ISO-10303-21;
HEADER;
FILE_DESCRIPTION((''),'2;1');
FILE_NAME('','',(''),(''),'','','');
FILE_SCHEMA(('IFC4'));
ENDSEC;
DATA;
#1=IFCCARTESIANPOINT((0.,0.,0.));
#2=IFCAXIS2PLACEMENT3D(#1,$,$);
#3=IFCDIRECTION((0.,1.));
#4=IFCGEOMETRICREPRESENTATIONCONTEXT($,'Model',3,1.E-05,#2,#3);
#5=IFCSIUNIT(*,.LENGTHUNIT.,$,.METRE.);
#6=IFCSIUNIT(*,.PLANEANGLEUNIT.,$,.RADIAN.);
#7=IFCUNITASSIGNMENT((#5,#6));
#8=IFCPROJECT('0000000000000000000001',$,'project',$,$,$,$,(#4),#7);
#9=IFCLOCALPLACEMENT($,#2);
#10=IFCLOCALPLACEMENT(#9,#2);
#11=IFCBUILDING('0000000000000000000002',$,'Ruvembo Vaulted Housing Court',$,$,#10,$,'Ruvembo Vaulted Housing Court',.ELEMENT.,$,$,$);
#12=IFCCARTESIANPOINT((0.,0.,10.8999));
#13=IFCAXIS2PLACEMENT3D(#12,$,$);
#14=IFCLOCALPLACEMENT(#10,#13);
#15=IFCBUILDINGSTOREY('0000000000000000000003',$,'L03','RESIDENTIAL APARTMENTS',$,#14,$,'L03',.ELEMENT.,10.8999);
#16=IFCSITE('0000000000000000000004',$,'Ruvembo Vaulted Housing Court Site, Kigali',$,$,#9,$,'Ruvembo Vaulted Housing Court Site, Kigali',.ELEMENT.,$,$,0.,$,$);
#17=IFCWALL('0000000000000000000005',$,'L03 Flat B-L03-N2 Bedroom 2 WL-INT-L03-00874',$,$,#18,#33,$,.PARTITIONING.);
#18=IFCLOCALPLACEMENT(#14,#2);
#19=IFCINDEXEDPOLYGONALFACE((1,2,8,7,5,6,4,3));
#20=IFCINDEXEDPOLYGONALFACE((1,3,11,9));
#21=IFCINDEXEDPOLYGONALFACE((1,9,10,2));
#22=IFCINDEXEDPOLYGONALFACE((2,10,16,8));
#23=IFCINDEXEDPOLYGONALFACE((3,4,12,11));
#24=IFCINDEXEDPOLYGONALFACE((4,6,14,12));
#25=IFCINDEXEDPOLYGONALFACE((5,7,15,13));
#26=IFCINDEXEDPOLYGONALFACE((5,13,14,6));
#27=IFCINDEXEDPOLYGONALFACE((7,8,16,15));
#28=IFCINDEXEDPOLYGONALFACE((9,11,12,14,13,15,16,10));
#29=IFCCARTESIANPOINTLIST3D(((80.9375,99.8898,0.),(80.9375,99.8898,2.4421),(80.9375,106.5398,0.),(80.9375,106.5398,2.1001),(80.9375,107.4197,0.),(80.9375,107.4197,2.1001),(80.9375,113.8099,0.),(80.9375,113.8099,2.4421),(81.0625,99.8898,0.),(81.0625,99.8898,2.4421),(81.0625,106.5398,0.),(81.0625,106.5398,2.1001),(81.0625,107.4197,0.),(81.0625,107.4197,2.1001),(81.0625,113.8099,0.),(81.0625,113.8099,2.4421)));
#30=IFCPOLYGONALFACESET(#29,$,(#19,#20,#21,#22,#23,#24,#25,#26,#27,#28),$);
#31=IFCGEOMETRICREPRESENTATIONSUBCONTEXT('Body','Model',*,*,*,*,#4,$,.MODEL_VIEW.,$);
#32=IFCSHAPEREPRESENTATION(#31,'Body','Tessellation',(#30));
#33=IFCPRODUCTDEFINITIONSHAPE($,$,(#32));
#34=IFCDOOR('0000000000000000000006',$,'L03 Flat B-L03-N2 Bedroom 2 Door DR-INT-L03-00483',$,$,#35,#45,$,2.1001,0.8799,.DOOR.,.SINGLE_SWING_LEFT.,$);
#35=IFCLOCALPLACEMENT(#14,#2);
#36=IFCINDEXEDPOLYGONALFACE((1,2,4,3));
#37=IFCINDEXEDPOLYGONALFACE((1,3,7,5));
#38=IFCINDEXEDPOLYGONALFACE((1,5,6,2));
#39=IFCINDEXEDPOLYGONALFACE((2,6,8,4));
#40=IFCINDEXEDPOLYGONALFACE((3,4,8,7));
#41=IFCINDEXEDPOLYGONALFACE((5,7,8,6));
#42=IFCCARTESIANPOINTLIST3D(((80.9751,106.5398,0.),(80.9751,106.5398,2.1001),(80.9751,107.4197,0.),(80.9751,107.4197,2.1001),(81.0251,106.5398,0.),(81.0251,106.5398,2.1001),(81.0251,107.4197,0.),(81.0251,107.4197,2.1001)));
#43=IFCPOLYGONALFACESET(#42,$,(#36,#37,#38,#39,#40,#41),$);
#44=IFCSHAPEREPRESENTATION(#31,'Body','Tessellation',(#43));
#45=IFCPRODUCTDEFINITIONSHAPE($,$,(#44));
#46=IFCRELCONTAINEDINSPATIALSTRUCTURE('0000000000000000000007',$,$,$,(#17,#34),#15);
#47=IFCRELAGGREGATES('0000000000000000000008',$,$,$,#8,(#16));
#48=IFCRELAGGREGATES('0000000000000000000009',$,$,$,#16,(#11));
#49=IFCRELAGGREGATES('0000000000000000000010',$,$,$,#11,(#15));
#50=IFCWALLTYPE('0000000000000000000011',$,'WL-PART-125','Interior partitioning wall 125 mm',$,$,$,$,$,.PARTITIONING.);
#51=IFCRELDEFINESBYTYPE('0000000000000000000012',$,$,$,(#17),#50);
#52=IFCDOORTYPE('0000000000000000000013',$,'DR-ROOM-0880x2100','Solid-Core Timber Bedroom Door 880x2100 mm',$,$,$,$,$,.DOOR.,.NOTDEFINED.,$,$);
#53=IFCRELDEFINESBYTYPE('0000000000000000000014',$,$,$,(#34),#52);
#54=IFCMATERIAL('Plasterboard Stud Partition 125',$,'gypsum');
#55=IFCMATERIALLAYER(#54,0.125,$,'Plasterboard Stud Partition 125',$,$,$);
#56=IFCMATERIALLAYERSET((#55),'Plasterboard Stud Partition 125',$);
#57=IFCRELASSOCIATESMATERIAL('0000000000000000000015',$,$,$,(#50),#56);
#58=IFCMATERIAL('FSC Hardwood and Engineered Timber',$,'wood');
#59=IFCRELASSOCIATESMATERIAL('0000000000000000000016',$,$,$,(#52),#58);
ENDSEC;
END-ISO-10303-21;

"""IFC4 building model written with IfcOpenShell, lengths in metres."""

from ifc_helpers import new_model, si_unit, direction, frame, frame_2d, origin, place, context, subcontext, project, spatial, rectangle, extrude, material, layer, layer_set, type_object, element, fill, save


model = new_model("IFC4")

# Units and contexts
model_context = context("Model", 3, precision=1e-05, world=origin(), true_north=direction((0.0, 1.0)))
body_context = subcontext(model_context, "Body", "Model", "MODEL_VIEW")
ifc_project = project(units=[si_unit("LENGTHUNIT", "METRE"), si_unit("PLANEANGLEUNIT", "RADIAN")], contexts=[model_context])

# Site, building, storey
site_placement = place(None, origin())
site = spatial("IfcSite", under=ifc_project, at=site_placement, Name="Ruvembo Vaulted Housing Court Site, Kigali", LongName="Ruvembo Vaulted Housing Court Site, Kigali", CompositionType="ELEMENT", RefElevation=0.0)
building_placement = place(site_placement, origin())
building = spatial("IfcBuilding", under=site, at=building_placement, Name="Ruvembo Vaulted Housing Court", LongName="Ruvembo Vaulted Housing Court", CompositionType="ELEMENT")
storey_placement = place(building_placement, frame((0.0, 0.0, 10.8999)))
storey = spatial("IfcBuildingStorey", under=building, at=storey_placement, Name="L03", Description="RESIDENTIAL APARTMENTS", LongName="L03", CompositionType="ELEMENT", Elevation=10.8999)

# Wall, opening, door
ifc_material_1 = material(Name="Plasterboard Stud Partition 125", Category="gypsum")
ifc_layer_1 = layer(ifc_material_1, 0.125, Name="Plasterboard Stud Partition 125")
ifc_layer_set_1 = layer_set([ifc_layer_1], Name="Plasterboard Stud Partition 125")
wall_type_1 = type_object("IfcWallType", Name="WL-PART-125", Description="Interior partitioning wall 125 mm", PredefinedType="PARTITIONING", material=ifc_layer_set_1)
wall_1_placement = place(storey_placement, frame((81.0, 99.8899, 0.0), z_axis=(0.0, 0.0, 1.0), x_axis=(0.0, 1.0, 0.0)))
wall_1 = element("IfcWall", 1, at=wall_1_placement, inside=storey, type_object=wall_type_1, Name="L03 Flat B-L03-N2 Bedroom 2 WL-INT-L03-00874", PredefinedType="PARTITIONING", context=body_context, shape_type="SweptSolid", body=[
    extrude(rectangle(XDim=13.9202, YDim=0.125, at=frame_2d((6.96, 0.0))), origin(), (0.0, 0.0, 1.0), 2.4421),
])
opening_1_placement = place(wall_1_placement, frame((6.6499, 0.0, 0.0)))
opening_1 = element("IfcOpeningElement", 2, at=opening_1_placement, cuts=wall_1, PredefinedType="OPENING", context=body_context, shape_type="SweptSolid", body=[
    extrude(rectangle(XDim=0.8799, YDim=2.1001, at=frame_2d((0.4399, 1.05))), frame((0.0, 0.0725, 0.0), z_axis=(0.0, -1.0, 0.0), x_axis=(1.0, 0.0, 0.0)), (0.0, 0.0, 1.0), 0.145),
])
ifc_material_2 = material(Name="FSC Hardwood and Engineered Timber", Category="wood")
door_type = type_object("IfcDoorType", Name="DR-ROOM-0880x2100", Description="Solid-Core Timber Bedroom Door 880x2100 mm", OperationType="NOTDEFINED", PredefinedType="DOOR", material=ifc_material_2)
door_placement = place(opening_1_placement, origin())
door = element("IfcDoor", 3, at=door_placement, inside=storey, type_object=door_type, Name="L03 Flat B-L03-N2 Bedroom 2 Door DR-INT-L03-00483", OperationType="SINGLE_SWING_LEFT", OverallHeight=2.1001, OverallWidth=0.8799, PredefinedType="DOOR", context=body_context, shape_type="SweptSolid", body=[
    extrude(rectangle(XDim=0.8799, YDim=2.1001, at=frame_2d((0.4399, 1.05))), frame((0.0, 0.0249, 0.0), z_axis=(0.0, -1.0, 0.0), x_axis=(1.0, 0.0, 0.0)), (0.0, 0.0, 1.0), 0.05),
])
fill(opening_1, door)

save(model, "model.ifc")
